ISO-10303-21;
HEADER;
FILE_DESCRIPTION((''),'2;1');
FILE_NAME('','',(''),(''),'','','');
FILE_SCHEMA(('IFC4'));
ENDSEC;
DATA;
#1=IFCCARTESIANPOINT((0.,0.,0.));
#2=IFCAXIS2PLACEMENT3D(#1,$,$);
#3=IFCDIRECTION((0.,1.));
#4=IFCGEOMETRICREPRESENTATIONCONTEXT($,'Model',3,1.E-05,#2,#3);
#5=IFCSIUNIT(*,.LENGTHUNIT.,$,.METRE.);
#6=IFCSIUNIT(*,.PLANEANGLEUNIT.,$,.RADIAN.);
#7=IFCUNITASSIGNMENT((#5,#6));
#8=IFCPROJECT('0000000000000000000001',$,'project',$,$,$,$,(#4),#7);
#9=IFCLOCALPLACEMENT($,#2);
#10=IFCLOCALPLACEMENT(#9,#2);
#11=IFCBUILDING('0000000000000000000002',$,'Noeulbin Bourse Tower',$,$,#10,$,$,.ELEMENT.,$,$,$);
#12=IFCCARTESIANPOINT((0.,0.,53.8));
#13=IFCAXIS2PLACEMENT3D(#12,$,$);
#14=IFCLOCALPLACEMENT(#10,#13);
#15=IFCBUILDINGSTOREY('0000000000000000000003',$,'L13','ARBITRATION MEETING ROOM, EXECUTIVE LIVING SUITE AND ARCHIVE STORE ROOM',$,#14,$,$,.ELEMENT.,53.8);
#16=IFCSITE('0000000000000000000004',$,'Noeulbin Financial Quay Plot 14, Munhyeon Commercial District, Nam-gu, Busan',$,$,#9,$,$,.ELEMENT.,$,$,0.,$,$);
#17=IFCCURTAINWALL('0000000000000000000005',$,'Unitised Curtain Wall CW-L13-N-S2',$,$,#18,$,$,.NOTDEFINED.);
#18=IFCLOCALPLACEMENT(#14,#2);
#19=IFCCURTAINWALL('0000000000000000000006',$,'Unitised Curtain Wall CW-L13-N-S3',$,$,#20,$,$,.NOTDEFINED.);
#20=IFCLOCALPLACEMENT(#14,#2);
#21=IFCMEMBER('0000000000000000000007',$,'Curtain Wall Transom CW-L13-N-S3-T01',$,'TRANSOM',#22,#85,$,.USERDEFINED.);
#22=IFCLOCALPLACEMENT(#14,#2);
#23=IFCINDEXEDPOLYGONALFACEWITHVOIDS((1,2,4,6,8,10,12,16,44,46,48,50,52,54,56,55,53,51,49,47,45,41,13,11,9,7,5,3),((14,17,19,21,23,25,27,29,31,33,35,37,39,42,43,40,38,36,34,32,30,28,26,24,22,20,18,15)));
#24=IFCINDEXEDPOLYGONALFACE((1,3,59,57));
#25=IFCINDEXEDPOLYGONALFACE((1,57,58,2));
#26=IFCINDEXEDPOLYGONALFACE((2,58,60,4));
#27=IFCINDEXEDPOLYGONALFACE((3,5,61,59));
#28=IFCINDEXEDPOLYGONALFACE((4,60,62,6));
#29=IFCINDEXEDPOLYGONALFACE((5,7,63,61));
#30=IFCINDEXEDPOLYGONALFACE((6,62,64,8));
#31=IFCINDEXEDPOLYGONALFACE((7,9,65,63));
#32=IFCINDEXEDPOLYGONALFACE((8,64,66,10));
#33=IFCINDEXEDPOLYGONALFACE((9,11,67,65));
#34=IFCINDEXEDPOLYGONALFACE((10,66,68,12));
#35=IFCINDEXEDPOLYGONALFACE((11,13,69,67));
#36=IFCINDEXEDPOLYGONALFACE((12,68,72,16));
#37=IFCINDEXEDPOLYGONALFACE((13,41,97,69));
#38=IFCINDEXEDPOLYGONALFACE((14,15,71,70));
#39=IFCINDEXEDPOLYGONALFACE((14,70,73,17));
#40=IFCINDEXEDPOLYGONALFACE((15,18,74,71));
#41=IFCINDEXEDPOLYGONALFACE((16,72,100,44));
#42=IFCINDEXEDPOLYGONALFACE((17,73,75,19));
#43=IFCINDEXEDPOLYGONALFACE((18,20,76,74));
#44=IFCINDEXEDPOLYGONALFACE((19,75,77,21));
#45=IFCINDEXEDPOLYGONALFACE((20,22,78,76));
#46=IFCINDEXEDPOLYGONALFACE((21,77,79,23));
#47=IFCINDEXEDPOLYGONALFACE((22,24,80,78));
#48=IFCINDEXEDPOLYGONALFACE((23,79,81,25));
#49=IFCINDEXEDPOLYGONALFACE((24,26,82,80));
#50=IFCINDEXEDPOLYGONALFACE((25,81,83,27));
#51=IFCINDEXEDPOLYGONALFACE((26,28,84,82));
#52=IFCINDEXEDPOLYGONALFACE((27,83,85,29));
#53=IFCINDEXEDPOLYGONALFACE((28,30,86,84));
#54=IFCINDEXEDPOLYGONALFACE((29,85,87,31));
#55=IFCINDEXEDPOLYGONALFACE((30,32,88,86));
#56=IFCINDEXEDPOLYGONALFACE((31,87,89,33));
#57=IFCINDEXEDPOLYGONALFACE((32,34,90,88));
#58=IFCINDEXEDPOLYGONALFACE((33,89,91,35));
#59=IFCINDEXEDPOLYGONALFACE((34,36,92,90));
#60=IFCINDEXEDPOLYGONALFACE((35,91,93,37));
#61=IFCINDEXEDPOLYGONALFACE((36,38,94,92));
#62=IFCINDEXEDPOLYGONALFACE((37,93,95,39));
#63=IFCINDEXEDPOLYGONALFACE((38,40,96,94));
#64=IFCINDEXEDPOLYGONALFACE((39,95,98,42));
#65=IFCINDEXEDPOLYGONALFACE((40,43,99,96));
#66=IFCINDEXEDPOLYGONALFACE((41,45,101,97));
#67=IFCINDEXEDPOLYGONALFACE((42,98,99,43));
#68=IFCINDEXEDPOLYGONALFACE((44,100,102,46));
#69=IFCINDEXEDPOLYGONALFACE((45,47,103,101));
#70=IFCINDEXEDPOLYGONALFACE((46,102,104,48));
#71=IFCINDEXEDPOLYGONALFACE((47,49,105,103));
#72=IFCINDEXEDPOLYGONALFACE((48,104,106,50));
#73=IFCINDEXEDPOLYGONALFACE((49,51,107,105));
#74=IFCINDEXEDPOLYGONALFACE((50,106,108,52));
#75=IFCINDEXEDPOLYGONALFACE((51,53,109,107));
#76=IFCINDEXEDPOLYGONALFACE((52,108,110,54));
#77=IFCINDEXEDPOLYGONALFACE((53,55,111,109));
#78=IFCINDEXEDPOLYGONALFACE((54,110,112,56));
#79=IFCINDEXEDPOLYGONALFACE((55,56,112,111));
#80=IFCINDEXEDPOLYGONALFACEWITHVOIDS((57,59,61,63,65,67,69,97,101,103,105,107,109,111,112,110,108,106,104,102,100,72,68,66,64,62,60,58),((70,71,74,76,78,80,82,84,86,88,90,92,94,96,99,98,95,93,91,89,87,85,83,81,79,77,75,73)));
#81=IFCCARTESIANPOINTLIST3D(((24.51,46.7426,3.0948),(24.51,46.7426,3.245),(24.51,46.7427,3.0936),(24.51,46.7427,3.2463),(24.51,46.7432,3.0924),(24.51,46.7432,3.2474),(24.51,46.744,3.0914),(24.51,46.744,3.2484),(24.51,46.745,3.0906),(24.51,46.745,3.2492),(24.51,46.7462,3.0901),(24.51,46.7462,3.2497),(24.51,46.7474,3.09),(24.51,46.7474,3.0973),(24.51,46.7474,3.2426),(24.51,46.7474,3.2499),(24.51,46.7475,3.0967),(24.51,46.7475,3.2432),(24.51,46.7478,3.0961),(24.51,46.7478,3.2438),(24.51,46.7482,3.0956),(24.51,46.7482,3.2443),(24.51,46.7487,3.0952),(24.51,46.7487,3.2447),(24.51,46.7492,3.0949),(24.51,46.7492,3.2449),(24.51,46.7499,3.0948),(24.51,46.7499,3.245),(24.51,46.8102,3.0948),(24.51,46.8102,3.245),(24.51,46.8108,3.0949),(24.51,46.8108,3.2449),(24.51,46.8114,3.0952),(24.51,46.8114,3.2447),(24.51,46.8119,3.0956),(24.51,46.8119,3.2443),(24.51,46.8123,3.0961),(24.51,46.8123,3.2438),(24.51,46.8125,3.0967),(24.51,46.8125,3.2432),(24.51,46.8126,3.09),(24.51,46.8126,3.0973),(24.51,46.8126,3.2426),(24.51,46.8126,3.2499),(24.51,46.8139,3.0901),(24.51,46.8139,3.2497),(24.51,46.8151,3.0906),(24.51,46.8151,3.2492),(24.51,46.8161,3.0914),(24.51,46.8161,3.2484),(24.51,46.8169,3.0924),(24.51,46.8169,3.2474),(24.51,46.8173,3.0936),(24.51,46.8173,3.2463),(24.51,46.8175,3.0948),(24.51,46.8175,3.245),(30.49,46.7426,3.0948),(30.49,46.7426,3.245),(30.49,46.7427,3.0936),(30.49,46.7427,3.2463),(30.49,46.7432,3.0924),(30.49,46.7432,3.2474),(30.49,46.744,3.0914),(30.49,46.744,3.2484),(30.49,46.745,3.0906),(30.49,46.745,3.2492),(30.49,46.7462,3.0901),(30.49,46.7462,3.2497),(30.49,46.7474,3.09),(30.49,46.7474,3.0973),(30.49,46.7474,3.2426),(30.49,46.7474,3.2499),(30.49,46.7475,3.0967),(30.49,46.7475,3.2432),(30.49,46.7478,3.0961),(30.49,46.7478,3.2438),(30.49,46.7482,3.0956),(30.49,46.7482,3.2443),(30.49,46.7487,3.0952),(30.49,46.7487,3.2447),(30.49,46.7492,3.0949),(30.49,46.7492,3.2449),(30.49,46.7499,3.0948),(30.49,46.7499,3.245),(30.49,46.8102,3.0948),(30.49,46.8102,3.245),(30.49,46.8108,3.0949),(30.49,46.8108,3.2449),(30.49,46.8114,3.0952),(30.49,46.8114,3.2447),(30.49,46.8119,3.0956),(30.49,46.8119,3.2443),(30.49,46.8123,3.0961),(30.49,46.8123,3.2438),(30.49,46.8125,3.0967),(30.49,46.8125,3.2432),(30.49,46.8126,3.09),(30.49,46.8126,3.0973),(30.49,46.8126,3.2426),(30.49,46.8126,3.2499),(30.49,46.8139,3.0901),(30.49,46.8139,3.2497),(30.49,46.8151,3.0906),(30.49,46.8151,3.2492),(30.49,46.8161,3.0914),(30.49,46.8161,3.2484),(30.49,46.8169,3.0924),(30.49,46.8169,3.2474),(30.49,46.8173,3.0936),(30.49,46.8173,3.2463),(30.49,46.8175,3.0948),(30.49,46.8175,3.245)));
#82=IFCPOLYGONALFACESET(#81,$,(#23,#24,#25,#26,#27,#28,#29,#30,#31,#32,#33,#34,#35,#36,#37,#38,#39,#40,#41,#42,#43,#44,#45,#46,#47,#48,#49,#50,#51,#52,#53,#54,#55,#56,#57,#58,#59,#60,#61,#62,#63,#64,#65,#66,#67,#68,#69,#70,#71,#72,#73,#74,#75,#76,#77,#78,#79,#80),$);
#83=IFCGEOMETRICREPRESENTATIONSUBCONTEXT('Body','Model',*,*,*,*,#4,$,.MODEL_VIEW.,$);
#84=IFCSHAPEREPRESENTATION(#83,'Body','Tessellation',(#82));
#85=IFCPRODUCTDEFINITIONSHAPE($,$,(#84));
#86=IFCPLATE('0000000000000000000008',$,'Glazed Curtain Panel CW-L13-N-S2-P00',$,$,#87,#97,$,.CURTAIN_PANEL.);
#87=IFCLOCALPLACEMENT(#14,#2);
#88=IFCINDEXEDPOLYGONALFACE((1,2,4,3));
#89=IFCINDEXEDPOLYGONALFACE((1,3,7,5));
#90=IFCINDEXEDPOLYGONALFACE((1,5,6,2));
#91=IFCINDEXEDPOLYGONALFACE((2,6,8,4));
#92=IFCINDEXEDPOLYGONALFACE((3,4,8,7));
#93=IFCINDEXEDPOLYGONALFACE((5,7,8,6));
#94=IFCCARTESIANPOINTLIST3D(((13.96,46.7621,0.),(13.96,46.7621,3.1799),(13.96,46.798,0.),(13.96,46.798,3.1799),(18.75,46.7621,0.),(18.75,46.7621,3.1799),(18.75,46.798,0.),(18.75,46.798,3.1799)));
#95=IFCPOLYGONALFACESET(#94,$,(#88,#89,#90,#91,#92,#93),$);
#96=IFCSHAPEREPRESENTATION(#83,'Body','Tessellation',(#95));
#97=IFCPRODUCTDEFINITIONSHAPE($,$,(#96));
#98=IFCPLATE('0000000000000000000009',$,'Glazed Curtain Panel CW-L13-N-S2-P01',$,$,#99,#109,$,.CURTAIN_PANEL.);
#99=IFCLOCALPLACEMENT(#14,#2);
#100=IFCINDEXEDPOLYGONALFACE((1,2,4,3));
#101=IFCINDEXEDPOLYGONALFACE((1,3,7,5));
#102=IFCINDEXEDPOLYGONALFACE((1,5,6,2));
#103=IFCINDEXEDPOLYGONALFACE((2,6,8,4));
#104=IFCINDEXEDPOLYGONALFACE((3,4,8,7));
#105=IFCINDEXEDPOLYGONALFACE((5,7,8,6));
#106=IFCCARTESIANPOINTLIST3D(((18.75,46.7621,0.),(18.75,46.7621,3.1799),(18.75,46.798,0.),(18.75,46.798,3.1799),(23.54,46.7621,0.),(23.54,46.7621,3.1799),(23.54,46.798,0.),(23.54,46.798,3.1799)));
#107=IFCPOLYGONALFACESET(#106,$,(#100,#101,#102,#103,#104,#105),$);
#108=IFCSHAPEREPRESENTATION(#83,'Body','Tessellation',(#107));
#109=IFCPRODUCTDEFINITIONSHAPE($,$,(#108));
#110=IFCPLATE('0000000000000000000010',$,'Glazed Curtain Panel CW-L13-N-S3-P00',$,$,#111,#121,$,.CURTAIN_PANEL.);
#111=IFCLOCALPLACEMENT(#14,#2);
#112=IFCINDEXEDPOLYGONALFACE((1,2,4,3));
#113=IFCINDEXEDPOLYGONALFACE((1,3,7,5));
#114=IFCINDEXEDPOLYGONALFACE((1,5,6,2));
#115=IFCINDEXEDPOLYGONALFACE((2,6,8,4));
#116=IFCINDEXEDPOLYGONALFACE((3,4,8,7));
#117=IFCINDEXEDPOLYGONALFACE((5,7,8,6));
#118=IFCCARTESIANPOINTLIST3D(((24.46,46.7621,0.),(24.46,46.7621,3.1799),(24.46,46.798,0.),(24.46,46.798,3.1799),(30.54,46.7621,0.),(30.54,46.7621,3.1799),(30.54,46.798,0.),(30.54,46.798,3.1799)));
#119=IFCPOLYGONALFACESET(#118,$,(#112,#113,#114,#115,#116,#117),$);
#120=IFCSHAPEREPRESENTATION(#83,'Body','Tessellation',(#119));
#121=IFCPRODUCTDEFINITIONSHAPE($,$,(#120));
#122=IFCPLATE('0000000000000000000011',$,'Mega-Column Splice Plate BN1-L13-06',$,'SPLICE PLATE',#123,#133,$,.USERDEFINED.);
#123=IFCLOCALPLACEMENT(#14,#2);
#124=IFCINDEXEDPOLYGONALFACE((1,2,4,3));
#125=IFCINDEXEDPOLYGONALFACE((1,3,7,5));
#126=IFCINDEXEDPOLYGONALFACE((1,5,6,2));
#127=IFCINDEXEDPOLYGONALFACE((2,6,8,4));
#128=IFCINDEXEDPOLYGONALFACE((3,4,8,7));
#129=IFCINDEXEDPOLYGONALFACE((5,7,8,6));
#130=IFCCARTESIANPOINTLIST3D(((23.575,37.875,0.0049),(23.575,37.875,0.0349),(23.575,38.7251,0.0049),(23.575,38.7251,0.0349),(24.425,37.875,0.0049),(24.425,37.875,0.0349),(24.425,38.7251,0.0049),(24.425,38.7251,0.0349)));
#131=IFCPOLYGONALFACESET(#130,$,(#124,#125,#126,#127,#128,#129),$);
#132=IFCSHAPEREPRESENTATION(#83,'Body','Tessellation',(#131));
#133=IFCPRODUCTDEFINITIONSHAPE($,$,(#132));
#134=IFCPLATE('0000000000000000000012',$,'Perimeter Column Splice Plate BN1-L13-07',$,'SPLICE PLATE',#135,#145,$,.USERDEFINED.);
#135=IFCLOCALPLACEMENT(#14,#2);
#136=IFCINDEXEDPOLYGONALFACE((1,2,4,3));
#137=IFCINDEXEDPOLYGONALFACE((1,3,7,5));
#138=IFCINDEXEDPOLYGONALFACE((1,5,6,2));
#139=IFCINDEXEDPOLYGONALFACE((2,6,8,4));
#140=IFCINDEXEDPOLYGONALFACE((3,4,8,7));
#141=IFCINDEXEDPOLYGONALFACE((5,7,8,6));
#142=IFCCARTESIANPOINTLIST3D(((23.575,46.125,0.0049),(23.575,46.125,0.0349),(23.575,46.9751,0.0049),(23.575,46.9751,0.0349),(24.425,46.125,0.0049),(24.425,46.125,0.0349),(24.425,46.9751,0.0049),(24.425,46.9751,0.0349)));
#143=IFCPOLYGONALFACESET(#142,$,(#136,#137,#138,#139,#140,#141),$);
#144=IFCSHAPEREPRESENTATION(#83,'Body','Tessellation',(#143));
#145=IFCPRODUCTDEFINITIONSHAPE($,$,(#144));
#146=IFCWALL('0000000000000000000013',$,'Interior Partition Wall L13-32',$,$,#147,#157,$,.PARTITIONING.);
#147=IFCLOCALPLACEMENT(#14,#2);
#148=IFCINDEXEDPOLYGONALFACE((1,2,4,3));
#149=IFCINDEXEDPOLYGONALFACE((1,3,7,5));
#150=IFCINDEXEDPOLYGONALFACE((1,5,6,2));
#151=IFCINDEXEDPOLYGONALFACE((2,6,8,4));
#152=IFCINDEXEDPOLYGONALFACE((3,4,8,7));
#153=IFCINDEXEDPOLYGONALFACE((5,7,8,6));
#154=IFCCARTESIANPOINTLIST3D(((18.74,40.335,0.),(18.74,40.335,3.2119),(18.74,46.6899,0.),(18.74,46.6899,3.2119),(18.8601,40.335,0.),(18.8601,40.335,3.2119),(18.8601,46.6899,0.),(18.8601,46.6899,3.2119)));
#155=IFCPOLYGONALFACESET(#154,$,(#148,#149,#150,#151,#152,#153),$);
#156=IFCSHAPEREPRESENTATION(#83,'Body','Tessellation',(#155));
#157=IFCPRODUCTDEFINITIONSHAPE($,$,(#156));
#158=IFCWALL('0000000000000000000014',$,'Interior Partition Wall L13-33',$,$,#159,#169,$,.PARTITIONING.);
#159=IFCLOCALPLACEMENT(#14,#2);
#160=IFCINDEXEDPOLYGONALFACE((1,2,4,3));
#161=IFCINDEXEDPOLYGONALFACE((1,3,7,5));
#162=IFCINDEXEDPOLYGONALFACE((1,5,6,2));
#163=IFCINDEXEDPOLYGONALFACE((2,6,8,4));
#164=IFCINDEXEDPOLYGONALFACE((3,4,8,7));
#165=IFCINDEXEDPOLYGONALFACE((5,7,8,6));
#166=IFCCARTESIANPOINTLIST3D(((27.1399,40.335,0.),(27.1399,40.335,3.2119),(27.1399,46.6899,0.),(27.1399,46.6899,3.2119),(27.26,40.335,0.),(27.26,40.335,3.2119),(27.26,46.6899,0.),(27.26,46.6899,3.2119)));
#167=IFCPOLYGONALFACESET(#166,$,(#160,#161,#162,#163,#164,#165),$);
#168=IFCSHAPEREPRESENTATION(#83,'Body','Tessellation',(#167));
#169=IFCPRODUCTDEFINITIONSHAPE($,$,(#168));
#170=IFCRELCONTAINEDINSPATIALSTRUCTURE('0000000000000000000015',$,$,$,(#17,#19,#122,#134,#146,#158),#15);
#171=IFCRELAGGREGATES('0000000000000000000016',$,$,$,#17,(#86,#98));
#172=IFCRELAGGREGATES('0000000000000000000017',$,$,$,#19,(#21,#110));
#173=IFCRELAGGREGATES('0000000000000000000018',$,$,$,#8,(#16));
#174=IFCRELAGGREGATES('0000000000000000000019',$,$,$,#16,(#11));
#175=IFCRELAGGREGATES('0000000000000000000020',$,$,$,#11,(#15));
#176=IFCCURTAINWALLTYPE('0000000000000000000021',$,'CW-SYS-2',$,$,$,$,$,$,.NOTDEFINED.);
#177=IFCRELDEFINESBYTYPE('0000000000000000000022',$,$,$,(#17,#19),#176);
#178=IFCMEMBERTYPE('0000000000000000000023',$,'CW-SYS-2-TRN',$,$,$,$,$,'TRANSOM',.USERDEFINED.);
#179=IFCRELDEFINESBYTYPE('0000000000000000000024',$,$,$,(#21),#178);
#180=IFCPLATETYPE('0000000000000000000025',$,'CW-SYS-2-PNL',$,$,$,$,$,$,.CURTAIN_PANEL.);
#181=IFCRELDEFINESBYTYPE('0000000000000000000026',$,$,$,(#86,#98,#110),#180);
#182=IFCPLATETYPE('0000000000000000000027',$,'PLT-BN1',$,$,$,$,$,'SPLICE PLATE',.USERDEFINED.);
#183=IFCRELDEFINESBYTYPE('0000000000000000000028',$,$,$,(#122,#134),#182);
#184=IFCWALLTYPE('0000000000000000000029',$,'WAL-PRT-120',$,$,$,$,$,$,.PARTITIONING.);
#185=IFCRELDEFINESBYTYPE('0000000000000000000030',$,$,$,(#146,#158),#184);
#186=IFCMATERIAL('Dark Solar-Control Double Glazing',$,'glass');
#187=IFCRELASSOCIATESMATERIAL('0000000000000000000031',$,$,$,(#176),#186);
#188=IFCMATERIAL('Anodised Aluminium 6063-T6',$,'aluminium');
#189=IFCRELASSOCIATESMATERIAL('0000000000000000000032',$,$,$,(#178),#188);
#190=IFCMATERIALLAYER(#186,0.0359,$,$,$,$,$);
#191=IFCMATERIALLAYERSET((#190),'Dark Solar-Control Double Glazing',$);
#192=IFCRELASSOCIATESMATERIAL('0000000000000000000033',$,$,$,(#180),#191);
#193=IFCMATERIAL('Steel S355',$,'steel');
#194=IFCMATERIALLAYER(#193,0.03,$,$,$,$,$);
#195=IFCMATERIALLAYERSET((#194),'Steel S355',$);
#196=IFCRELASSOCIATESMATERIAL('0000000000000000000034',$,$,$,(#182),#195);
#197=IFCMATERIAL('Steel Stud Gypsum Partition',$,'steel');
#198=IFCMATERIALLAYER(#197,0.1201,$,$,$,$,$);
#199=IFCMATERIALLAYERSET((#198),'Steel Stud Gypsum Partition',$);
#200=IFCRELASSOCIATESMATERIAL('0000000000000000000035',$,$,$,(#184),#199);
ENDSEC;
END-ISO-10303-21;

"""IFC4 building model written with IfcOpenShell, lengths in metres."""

from ifc_helpers import new_model, si_unit, direction, frame, frame_2d, origin, origin_2d, place, context, subcontext, project, spatial, rectangle, hollow_rectangle, extrude, material, layer, layer_set, material_profile, profile_set, type_object, element, aggregate, save


model = new_model("IFC4")

# Units and contexts
model_context = context("Model", 3, precision=1e-05, world=origin(), true_north=direction((0.0, 1.0)))
body_context = subcontext(model_context, "Body", "Model", "MODEL_VIEW")
ifc_project = project(units=[si_unit("LENGTHUNIT", "METRE"), si_unit("PLANEANGLEUNIT", "RADIAN")], contexts=[model_context])

# Site, building, storey
site_placement = place(None, origin())
site = spatial("IfcSite", under=ifc_project, at=site_placement, Name="Noeulbin Financial Quay Plot 14, Munhyeon Commercial District, Nam-gu, Busan", CompositionType="ELEMENT", RefElevation=0.0)
building_placement = place(site_placement, origin())
building = spatial("IfcBuilding", under=site, at=building_placement, Name="Noeulbin Bourse Tower", CompositionType="ELEMENT")
storey_placement = place(building_placement, frame((0.0, 0.0, 53.8)))
storey = spatial("IfcBuildingStorey", under=building, at=storey_placement, Name="L13", Description="ARBITRATION MEETING ROOM, EXECUTIVE LIVING SUITE AND ARCHIVE STORE ROOM", CompositionType="ELEMENT", Elevation=53.8)

# Shared definitions
ifc_material_1 = material(Name="Steel S355", Category="steel")

# Curtain walls, member
ifc_material_2 = material(Name="Dark Solar-Control Double Glazing", Category="glass")
curtain_wall_type = type_object("IfcCurtainWallType", Name="CW-SYS-2", PredefinedType="NOTDEFINED", material=ifc_material_2)
curtain_wall_1_placement = place(storey_placement, origin())
curtain_wall_1 = element("IfcCurtainWall", 1, at=curtain_wall_1_placement, inside=storey, type_object=curtain_wall_type, Name="Unitised Curtain Wall CW-L13-N-S2", PredefinedType="NOTDEFINED")
ifc_material_3 = material(Name="Anodised Aluminium 6063-T6", Category="aluminium")
curtain_wall_2_placement = place(storey_placement, origin())
curtain_wall_2 = element("IfcCurtainWall", 2, at=curtain_wall_2_placement, inside=storey, type_object=curtain_wall_type, Name="Unitised Curtain Wall CW-L13-N-S3", PredefinedType="NOTDEFINED")
ifc_material_profile_1 = material_profile(ifc_material_3, hollow_rectangle(XDim=0.075, YDim=0.1599, WallThickness=0.0049, InnerFilletRadius=0.0024, OuterFilletRadius=0.0049, at=origin_2d()), Name="ALU-TRAN-75x160x5", Category="LoadBearing")
ifc_profile_set_1 = profile_set([ifc_material_profile_1], Name="Anodised Aluminium 6063-T6")
member_type_1 = type_object("IfcMemberType", Name="CW-SYS-2-TRN", ElementType="TRANSOM", PredefinedType="USERDEFINED", material=ifc_profile_set_1)
member_1_placement = place(storey_placement, frame((24.51, 46.78, 3.1699), z_axis=(1.0, 0.0, 0.0), x_axis=(0.0, 1.0, 0.0)))
member_1 = element("IfcMember", 3, at=member_1_placement, type_object=member_type_1, Name="Curtain Wall Transom CW-L13-N-S3-T01", ObjectType="TRANSOM", PredefinedType="USERDEFINED", context=body_context, shape_type="SweptSolid", body=[
    extrude(hollow_rectangle(XDim=0.075, YDim=0.1599, WallThickness=0.0049, InnerFilletRadius=0.0024, OuterFilletRadius=0.0049, at=origin_2d()), origin(), (0.0, 0.0, 1.0), 5.98),
])

# Plates
ifc_layer_1 = layer(ifc_material_2, 0.0359)
ifc_layer_set_1 = layer_set([ifc_layer_1], Name="Dark Solar-Control Double Glazing")
plate_type_1 = type_object("IfcPlateType", Name="CW-SYS-2-PNL", PredefinedType="CURTAIN_PANEL", material=ifc_layer_set_1)
plate_1_placement = place(storey_placement, frame((16.355, 46.78, 0.0), z_axis=(0.0, 0.0, 1.0), x_axis=(1.0, 0.0, 0.0)))
plate_1 = element("IfcPlate", 4, at=plate_1_placement, type_object=plate_type_1, Name="Glazed Curtain Panel CW-L13-N-S2-P00", PredefinedType="CURTAIN_PANEL", context=body_context, shape_type="SweptSolid", body=[
    extrude(rectangle(XDim=4.79, YDim=0.0359, at=origin_2d()), origin(), (0.0, 0.0, 1.0), 3.1799),
])
plate_2_placement = place(storey_placement, frame((21.145, 46.78, 0.0), z_axis=(0.0, 0.0, 1.0), x_axis=(1.0, 0.0, 0.0)))
plate_2 = element("IfcPlate", 5, at=plate_2_placement, type_object=plate_type_1, Name="Glazed Curtain Panel CW-L13-N-S2-P01", PredefinedType="CURTAIN_PANEL", context=body_context, shape_type="SweptSolid", body=[
    extrude(rectangle(XDim=4.79, YDim=0.0359, at=origin_2d()), origin(), (0.0, 0.0, 1.0), 3.1799),
])
aggregate(curtain_wall_1, [plate_1, plate_2])
plate_3_placement = place(storey_placement, frame((27.5, 46.78, 0.0), z_axis=(0.0, 0.0, 1.0), x_axis=(1.0, 0.0, 0.0)))
plate_3 = element("IfcPlate", 6, at=plate_3_placement, type_object=plate_type_1, Name="Glazed Curtain Panel CW-L13-N-S3-P00", PredefinedType="CURTAIN_PANEL", context=body_context, shape_type="SweptSolid", body=[
    extrude(rectangle(XDim=6.0801, YDim=0.0359, at=origin_2d()), origin(), (0.0, 0.0, 1.0), 3.1799),
])
aggregate(curtain_wall_2, [member_1, plate_3])

# Plates
ifc_layer_2 = layer(ifc_material_1, 0.03)
ifc_layer_set_2 = layer_set([ifc_layer_2], Name="Steel S355")
plate_type_2 = type_object("IfcPlateType", Name="PLT-BN1", ElementType="SPLICE PLATE", PredefinedType="USERDEFINED", material=ifc_layer_set_2)
for number, where, z_axis, x_axis, name in (
    (7, (24.0, 38.3, 0.0049), (0.0, 0.0, 1.0), (1.0, 0.0, 0.0), "Mega-Column Splice Plate BN1-L13-06"),
    (8, (24.0, 46.55, 0.0049), (0.0, 0.0, 1.0), (1.0, 0.0, 0.0), "Perimeter Column Splice Plate BN1-L13-07"),
):
    element("IfcPlate", number, at=place(storey_placement, frame(where, z_axis=z_axis, x_axis=x_axis)), inside=storey, type_object=plate_type_2, Name=name, ObjectType="SPLICE PLATE", PredefinedType="USERDEFINED", context=body_context, shape_type="SweptSolid", body=[
        extrude(rectangle(XDim=0.8501, YDim=0.8501, at=origin_2d()), origin(), (0.0, 0.0, 1.0), 0.03),
    ])

# Walls
ifc_material_4 = material(Name="Steel Stud Gypsum Partition", Category="steel")
ifc_layer_3 = layer(ifc_material_4, 0.1201)
ifc_layer_set_3 = layer_set([ifc_layer_3], Name="Steel Stud Gypsum Partition")
wall_type = type_object("IfcWallType", Name="WAL-PRT-120", PredefinedType="PARTITIONING", material=ifc_layer_set_3)
for number, where, z_axis, x_axis, name in (
    (9, (18.8, 40.335, 0.0), (0.0, 0.0, 1.0), (0.0, 1.0, 0.0), "Interior Partition Wall L13-32"),
    (10, (27.2, 40.335, 0.0), (0.0, 0.0, 1.0), (0.0, 1.0, 0.0), "Interior Partition Wall L13-33"),
):
    element("IfcWall", number, at=place(storey_placement, frame(where, z_axis=z_axis, x_axis=x_axis)), inside=storey, type_object=wall_type, Name=name, PredefinedType="PARTITIONING", context=body_context, shape_type="SweptSolid", body=[
        extrude(rectangle(XDim=6.355, YDim=0.1201, at=frame_2d((3.1775, 0.0))), origin(), (0.0, 0.0, 1.0), 3.2119),
    ])

save(model, "model.ifc")
